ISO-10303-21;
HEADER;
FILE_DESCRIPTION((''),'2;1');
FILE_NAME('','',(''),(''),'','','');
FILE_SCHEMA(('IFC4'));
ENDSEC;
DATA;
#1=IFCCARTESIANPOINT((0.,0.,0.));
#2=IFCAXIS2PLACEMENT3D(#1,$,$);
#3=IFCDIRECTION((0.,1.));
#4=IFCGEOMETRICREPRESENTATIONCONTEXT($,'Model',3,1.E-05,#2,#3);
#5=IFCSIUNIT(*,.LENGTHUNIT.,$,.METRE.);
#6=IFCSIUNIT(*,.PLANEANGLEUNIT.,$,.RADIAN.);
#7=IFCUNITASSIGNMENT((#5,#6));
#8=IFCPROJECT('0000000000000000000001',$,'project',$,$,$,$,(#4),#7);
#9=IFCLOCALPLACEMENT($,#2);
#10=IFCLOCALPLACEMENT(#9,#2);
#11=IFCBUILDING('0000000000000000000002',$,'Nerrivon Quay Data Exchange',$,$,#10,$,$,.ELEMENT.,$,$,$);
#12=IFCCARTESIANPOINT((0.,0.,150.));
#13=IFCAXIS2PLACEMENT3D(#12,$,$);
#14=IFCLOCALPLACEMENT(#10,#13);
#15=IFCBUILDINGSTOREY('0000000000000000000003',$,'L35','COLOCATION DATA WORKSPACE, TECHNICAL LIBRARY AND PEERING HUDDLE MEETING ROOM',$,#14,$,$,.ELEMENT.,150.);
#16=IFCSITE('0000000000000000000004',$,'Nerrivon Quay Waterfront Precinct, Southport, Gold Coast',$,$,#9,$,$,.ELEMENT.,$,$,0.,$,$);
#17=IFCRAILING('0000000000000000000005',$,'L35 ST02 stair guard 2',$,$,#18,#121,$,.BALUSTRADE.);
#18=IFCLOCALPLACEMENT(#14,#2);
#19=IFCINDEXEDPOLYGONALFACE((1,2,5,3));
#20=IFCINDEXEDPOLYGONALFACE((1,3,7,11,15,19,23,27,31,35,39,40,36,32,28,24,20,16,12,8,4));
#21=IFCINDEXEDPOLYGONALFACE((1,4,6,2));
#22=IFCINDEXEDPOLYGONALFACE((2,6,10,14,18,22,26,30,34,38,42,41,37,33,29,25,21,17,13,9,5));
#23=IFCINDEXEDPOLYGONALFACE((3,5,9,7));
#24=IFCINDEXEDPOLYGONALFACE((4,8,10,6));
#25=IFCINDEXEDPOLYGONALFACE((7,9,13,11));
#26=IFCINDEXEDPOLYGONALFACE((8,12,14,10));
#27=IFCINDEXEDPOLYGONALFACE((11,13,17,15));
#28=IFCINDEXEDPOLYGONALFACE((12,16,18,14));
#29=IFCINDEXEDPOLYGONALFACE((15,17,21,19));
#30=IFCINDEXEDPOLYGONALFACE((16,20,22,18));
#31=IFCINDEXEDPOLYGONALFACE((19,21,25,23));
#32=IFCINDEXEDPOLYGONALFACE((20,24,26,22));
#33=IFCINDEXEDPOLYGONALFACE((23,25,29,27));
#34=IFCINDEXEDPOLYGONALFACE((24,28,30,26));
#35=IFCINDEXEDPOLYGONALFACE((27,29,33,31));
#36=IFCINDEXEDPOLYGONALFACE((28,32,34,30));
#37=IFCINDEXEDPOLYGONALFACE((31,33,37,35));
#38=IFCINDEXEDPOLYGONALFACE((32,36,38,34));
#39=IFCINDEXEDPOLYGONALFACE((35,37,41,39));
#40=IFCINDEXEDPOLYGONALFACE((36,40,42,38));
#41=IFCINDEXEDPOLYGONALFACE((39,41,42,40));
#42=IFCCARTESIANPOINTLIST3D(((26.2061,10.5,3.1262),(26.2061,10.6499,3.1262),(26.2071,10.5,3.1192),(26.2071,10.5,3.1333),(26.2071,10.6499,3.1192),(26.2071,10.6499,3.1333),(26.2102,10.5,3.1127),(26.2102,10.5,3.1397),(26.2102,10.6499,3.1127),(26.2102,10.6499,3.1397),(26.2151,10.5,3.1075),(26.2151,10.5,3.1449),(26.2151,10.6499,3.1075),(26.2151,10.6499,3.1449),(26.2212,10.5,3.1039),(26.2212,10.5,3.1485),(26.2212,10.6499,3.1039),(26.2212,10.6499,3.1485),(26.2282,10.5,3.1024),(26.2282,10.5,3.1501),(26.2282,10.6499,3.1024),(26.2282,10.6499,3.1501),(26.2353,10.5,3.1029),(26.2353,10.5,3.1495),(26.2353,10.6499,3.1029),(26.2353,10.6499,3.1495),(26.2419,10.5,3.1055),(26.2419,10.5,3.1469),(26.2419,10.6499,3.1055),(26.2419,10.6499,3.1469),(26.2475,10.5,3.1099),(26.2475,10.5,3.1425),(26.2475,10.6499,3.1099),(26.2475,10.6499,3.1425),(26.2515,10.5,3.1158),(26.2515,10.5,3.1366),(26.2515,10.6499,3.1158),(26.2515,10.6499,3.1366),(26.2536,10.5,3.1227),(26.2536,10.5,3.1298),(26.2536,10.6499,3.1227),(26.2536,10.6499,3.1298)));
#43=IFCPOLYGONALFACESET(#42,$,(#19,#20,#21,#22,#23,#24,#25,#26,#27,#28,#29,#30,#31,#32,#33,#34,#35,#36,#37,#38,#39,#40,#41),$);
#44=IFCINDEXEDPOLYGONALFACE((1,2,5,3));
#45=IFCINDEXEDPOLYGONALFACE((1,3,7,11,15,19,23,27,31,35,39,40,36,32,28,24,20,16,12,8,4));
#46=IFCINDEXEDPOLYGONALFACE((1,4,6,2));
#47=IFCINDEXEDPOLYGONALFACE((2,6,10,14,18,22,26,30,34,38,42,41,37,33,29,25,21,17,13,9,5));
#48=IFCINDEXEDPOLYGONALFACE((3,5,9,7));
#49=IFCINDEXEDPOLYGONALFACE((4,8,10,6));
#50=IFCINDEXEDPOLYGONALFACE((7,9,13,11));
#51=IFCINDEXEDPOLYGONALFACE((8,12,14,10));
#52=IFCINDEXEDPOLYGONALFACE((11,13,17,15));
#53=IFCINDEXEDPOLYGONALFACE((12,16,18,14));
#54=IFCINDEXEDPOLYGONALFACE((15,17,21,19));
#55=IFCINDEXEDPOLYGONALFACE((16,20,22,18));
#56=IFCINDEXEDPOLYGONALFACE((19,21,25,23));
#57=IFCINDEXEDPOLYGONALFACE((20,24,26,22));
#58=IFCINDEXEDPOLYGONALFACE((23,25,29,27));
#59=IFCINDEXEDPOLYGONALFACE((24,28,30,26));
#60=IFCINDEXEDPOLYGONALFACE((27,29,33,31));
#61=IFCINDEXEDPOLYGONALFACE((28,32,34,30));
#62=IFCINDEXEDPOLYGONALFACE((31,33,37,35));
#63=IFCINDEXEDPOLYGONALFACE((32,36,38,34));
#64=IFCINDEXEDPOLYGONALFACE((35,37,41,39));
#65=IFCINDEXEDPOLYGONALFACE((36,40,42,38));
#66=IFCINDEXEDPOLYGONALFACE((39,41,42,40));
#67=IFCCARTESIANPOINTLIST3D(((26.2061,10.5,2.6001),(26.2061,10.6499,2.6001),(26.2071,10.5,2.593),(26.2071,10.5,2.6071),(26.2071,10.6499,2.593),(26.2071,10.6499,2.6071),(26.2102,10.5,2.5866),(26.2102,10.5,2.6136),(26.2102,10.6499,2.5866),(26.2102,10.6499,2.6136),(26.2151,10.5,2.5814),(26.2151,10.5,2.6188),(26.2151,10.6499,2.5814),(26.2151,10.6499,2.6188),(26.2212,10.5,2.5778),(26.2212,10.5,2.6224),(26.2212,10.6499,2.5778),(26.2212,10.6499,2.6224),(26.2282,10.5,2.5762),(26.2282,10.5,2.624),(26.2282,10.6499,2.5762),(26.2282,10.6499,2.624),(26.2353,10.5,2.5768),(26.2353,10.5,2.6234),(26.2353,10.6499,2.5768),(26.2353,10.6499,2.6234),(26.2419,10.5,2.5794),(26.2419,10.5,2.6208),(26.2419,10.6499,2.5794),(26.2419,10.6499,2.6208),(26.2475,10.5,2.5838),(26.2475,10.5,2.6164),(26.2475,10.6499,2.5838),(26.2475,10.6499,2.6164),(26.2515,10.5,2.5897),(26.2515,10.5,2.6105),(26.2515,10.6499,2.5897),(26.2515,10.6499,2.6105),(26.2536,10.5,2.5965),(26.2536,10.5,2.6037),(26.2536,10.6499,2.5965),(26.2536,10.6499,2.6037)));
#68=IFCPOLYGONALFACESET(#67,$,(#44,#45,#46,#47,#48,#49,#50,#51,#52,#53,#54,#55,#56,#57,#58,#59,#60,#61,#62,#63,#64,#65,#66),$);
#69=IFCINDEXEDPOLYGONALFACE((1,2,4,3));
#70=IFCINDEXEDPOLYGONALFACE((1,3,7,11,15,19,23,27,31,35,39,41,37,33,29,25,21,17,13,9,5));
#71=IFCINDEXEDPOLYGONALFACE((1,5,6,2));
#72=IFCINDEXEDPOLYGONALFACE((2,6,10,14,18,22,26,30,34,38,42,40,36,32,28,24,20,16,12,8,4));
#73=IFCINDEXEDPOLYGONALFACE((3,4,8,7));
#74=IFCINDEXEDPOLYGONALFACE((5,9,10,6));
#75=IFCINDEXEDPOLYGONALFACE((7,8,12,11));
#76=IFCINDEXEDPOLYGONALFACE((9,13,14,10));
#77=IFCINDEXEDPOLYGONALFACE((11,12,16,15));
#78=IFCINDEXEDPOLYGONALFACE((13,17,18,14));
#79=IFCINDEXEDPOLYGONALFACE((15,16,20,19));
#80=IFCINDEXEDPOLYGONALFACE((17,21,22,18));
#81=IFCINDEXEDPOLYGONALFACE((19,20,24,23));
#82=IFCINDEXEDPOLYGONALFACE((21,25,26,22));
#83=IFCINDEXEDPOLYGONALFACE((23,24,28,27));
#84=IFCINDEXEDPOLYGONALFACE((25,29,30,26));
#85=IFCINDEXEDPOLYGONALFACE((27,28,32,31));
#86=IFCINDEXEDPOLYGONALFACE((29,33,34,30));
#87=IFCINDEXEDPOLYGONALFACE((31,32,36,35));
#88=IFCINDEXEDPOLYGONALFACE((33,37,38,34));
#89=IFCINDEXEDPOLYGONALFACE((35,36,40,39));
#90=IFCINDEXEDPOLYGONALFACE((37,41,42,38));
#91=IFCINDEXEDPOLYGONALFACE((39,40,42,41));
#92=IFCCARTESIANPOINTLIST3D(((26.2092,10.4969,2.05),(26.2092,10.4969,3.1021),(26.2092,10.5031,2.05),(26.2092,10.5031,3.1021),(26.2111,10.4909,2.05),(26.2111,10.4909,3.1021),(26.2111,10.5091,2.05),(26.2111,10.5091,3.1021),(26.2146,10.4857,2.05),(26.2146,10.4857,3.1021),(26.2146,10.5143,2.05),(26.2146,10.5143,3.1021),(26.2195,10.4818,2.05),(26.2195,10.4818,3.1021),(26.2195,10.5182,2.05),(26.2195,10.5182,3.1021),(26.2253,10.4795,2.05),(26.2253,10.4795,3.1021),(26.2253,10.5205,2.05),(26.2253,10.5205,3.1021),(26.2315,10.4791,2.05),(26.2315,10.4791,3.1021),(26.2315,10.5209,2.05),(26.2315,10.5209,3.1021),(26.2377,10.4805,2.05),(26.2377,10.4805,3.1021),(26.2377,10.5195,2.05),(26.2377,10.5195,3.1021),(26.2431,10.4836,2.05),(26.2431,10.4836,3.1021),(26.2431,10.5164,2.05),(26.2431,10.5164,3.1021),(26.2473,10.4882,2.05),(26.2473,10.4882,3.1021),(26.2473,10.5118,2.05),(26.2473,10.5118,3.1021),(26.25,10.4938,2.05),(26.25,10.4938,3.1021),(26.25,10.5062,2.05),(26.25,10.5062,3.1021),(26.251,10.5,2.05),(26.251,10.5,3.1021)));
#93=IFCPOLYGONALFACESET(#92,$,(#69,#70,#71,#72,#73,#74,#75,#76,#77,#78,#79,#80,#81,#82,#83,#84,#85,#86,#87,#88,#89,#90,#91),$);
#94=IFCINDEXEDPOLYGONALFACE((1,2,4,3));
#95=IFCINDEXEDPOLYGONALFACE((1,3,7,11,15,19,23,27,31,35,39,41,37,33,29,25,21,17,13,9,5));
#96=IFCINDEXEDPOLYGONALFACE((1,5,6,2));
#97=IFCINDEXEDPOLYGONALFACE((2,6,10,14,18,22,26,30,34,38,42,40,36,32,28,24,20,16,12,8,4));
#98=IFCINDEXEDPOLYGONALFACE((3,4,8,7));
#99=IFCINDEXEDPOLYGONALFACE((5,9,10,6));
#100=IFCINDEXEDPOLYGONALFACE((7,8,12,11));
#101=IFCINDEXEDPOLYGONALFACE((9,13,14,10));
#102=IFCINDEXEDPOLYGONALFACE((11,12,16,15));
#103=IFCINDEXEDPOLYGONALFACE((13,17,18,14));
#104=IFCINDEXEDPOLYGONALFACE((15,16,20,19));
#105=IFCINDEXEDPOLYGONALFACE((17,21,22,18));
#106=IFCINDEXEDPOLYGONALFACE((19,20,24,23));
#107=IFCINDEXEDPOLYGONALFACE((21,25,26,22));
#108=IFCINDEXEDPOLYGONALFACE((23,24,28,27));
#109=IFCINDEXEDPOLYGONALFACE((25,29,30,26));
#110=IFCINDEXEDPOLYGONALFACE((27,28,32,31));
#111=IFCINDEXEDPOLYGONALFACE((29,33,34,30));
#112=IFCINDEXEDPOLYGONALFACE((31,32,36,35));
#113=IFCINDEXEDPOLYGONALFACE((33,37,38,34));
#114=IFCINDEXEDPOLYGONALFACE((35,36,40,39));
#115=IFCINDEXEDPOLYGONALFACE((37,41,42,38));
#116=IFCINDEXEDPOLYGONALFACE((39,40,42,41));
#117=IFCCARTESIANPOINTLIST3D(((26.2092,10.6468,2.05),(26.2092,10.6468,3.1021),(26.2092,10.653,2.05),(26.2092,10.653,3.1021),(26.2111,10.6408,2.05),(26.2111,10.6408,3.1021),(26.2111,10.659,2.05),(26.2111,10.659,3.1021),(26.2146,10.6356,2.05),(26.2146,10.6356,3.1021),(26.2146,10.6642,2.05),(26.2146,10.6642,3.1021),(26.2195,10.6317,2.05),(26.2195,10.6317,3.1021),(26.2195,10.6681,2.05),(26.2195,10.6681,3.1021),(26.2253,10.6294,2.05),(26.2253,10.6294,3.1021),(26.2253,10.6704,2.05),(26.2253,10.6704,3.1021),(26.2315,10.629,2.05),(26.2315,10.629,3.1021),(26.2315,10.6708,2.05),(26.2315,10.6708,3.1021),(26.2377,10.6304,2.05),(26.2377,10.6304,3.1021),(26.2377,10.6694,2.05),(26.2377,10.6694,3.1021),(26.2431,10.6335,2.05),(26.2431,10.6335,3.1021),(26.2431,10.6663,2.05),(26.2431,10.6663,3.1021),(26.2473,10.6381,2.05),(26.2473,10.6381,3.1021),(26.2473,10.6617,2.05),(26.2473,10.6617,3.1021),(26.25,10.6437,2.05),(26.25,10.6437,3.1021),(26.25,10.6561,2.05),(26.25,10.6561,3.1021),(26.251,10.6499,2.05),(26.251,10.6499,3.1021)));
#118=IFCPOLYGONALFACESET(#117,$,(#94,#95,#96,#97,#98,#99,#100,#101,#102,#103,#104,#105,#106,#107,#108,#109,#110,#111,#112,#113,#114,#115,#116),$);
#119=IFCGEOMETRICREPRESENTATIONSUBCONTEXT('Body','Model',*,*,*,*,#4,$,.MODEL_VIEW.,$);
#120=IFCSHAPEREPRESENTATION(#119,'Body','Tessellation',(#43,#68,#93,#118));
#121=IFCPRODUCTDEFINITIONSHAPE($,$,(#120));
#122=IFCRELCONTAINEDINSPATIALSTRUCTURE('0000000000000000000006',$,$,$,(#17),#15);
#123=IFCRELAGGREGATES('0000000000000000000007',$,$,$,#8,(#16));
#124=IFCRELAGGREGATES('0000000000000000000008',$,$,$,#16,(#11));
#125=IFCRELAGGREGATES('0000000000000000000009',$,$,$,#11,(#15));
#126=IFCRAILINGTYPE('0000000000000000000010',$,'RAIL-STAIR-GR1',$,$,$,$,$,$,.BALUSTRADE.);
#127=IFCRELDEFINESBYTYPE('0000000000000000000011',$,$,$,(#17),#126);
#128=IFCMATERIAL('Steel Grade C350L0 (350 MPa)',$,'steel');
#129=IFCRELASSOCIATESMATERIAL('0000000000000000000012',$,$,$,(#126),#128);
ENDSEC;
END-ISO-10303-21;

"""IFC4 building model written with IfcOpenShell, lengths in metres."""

from ifc_helpers import new_model, si_unit, direction, frame, origin, origin_2d, place, context, subcontext, project, spatial, circle, extrude, material, type_object, element, save


model = new_model("IFC4")

# Units and contexts
model_context = context("Model", 3, precision=1e-05, world=origin(), true_north=direction((0.0, 1.0)))
body_context = subcontext(model_context, "Body", "Model", "MODEL_VIEW")
ifc_project = project(units=[si_unit("LENGTHUNIT", "METRE"), si_unit("PLANEANGLEUNIT", "RADIAN")], contexts=[model_context])

# Site, building, storey
site_placement = place(None, origin())
site = spatial("IfcSite", under=ifc_project, at=site_placement, Name="Nerrivon Quay Waterfront Precinct, Southport, Gold Coast", CompositionType="ELEMENT", RefElevation=0.0)
building_placement = place(site_placement, origin())
building = spatial("IfcBuilding", under=site, at=building_placement, Name="Nerrivon Quay Data Exchange", CompositionType="ELEMENT")
storey_placement = place(building_placement, frame((0.0, 0.0, 150.0)))
storey = spatial("IfcBuildingStorey", under=building, at=storey_placement, Name="L35", Description="COLOCATION DATA WORKSPACE, TECHNICAL LIBRARY AND PEERING HUDDLE MEETING ROOM", CompositionType="ELEMENT", Elevation=150.0)

# Railing
ifc_material_1 = material(Name="Steel Grade C350L0 (350 MPa)", Category="steel")
railing_type_1 = type_object("IfcRailingType", Name="RAIL-STAIR-GR1", PredefinedType="BALUSTRADE", material=ifc_material_1)
railing_1_placement = place(storey_placement, frame((26.23, 10.5, 2.05)))
element("IfcRailing", 1, at=railing_1_placement, inside=storey, type_object=railing_type_1, Name="L35 ST02 stair guard 2", PredefinedType="BALUSTRADE", context=body_context, shape_type="SweptSolid", body=[
    extrude(circle(Radius=0.0239, at=origin_2d()), frame((0.0, 0.0, 1.0762), z_axis=(0.0, 1.0, 0.0), x_axis=(-1.0, 0.0, 0.0)), (0.0, 0.0, 1.0), 0.1499),
    extrude(circle(Radius=0.0239, at=origin_2d()), frame((0.0, 0.0, 0.55), z_axis=(0.0, 1.0, 0.0), x_axis=(-1.0, 0.0, 0.0)), (0.0, 0.0, 1.0), 0.1499),
    extrude(circle(Radius=0.021, at=origin_2d()), origin(), (0.0, 0.0, 1.0), 1.052),
    extrude(circle(Radius=0.021, at=origin_2d()), frame((0.0, 0.1499, 0.0)), (0.0, 0.0, 1.0), 1.052),
])

save(model, "model.ifc")
